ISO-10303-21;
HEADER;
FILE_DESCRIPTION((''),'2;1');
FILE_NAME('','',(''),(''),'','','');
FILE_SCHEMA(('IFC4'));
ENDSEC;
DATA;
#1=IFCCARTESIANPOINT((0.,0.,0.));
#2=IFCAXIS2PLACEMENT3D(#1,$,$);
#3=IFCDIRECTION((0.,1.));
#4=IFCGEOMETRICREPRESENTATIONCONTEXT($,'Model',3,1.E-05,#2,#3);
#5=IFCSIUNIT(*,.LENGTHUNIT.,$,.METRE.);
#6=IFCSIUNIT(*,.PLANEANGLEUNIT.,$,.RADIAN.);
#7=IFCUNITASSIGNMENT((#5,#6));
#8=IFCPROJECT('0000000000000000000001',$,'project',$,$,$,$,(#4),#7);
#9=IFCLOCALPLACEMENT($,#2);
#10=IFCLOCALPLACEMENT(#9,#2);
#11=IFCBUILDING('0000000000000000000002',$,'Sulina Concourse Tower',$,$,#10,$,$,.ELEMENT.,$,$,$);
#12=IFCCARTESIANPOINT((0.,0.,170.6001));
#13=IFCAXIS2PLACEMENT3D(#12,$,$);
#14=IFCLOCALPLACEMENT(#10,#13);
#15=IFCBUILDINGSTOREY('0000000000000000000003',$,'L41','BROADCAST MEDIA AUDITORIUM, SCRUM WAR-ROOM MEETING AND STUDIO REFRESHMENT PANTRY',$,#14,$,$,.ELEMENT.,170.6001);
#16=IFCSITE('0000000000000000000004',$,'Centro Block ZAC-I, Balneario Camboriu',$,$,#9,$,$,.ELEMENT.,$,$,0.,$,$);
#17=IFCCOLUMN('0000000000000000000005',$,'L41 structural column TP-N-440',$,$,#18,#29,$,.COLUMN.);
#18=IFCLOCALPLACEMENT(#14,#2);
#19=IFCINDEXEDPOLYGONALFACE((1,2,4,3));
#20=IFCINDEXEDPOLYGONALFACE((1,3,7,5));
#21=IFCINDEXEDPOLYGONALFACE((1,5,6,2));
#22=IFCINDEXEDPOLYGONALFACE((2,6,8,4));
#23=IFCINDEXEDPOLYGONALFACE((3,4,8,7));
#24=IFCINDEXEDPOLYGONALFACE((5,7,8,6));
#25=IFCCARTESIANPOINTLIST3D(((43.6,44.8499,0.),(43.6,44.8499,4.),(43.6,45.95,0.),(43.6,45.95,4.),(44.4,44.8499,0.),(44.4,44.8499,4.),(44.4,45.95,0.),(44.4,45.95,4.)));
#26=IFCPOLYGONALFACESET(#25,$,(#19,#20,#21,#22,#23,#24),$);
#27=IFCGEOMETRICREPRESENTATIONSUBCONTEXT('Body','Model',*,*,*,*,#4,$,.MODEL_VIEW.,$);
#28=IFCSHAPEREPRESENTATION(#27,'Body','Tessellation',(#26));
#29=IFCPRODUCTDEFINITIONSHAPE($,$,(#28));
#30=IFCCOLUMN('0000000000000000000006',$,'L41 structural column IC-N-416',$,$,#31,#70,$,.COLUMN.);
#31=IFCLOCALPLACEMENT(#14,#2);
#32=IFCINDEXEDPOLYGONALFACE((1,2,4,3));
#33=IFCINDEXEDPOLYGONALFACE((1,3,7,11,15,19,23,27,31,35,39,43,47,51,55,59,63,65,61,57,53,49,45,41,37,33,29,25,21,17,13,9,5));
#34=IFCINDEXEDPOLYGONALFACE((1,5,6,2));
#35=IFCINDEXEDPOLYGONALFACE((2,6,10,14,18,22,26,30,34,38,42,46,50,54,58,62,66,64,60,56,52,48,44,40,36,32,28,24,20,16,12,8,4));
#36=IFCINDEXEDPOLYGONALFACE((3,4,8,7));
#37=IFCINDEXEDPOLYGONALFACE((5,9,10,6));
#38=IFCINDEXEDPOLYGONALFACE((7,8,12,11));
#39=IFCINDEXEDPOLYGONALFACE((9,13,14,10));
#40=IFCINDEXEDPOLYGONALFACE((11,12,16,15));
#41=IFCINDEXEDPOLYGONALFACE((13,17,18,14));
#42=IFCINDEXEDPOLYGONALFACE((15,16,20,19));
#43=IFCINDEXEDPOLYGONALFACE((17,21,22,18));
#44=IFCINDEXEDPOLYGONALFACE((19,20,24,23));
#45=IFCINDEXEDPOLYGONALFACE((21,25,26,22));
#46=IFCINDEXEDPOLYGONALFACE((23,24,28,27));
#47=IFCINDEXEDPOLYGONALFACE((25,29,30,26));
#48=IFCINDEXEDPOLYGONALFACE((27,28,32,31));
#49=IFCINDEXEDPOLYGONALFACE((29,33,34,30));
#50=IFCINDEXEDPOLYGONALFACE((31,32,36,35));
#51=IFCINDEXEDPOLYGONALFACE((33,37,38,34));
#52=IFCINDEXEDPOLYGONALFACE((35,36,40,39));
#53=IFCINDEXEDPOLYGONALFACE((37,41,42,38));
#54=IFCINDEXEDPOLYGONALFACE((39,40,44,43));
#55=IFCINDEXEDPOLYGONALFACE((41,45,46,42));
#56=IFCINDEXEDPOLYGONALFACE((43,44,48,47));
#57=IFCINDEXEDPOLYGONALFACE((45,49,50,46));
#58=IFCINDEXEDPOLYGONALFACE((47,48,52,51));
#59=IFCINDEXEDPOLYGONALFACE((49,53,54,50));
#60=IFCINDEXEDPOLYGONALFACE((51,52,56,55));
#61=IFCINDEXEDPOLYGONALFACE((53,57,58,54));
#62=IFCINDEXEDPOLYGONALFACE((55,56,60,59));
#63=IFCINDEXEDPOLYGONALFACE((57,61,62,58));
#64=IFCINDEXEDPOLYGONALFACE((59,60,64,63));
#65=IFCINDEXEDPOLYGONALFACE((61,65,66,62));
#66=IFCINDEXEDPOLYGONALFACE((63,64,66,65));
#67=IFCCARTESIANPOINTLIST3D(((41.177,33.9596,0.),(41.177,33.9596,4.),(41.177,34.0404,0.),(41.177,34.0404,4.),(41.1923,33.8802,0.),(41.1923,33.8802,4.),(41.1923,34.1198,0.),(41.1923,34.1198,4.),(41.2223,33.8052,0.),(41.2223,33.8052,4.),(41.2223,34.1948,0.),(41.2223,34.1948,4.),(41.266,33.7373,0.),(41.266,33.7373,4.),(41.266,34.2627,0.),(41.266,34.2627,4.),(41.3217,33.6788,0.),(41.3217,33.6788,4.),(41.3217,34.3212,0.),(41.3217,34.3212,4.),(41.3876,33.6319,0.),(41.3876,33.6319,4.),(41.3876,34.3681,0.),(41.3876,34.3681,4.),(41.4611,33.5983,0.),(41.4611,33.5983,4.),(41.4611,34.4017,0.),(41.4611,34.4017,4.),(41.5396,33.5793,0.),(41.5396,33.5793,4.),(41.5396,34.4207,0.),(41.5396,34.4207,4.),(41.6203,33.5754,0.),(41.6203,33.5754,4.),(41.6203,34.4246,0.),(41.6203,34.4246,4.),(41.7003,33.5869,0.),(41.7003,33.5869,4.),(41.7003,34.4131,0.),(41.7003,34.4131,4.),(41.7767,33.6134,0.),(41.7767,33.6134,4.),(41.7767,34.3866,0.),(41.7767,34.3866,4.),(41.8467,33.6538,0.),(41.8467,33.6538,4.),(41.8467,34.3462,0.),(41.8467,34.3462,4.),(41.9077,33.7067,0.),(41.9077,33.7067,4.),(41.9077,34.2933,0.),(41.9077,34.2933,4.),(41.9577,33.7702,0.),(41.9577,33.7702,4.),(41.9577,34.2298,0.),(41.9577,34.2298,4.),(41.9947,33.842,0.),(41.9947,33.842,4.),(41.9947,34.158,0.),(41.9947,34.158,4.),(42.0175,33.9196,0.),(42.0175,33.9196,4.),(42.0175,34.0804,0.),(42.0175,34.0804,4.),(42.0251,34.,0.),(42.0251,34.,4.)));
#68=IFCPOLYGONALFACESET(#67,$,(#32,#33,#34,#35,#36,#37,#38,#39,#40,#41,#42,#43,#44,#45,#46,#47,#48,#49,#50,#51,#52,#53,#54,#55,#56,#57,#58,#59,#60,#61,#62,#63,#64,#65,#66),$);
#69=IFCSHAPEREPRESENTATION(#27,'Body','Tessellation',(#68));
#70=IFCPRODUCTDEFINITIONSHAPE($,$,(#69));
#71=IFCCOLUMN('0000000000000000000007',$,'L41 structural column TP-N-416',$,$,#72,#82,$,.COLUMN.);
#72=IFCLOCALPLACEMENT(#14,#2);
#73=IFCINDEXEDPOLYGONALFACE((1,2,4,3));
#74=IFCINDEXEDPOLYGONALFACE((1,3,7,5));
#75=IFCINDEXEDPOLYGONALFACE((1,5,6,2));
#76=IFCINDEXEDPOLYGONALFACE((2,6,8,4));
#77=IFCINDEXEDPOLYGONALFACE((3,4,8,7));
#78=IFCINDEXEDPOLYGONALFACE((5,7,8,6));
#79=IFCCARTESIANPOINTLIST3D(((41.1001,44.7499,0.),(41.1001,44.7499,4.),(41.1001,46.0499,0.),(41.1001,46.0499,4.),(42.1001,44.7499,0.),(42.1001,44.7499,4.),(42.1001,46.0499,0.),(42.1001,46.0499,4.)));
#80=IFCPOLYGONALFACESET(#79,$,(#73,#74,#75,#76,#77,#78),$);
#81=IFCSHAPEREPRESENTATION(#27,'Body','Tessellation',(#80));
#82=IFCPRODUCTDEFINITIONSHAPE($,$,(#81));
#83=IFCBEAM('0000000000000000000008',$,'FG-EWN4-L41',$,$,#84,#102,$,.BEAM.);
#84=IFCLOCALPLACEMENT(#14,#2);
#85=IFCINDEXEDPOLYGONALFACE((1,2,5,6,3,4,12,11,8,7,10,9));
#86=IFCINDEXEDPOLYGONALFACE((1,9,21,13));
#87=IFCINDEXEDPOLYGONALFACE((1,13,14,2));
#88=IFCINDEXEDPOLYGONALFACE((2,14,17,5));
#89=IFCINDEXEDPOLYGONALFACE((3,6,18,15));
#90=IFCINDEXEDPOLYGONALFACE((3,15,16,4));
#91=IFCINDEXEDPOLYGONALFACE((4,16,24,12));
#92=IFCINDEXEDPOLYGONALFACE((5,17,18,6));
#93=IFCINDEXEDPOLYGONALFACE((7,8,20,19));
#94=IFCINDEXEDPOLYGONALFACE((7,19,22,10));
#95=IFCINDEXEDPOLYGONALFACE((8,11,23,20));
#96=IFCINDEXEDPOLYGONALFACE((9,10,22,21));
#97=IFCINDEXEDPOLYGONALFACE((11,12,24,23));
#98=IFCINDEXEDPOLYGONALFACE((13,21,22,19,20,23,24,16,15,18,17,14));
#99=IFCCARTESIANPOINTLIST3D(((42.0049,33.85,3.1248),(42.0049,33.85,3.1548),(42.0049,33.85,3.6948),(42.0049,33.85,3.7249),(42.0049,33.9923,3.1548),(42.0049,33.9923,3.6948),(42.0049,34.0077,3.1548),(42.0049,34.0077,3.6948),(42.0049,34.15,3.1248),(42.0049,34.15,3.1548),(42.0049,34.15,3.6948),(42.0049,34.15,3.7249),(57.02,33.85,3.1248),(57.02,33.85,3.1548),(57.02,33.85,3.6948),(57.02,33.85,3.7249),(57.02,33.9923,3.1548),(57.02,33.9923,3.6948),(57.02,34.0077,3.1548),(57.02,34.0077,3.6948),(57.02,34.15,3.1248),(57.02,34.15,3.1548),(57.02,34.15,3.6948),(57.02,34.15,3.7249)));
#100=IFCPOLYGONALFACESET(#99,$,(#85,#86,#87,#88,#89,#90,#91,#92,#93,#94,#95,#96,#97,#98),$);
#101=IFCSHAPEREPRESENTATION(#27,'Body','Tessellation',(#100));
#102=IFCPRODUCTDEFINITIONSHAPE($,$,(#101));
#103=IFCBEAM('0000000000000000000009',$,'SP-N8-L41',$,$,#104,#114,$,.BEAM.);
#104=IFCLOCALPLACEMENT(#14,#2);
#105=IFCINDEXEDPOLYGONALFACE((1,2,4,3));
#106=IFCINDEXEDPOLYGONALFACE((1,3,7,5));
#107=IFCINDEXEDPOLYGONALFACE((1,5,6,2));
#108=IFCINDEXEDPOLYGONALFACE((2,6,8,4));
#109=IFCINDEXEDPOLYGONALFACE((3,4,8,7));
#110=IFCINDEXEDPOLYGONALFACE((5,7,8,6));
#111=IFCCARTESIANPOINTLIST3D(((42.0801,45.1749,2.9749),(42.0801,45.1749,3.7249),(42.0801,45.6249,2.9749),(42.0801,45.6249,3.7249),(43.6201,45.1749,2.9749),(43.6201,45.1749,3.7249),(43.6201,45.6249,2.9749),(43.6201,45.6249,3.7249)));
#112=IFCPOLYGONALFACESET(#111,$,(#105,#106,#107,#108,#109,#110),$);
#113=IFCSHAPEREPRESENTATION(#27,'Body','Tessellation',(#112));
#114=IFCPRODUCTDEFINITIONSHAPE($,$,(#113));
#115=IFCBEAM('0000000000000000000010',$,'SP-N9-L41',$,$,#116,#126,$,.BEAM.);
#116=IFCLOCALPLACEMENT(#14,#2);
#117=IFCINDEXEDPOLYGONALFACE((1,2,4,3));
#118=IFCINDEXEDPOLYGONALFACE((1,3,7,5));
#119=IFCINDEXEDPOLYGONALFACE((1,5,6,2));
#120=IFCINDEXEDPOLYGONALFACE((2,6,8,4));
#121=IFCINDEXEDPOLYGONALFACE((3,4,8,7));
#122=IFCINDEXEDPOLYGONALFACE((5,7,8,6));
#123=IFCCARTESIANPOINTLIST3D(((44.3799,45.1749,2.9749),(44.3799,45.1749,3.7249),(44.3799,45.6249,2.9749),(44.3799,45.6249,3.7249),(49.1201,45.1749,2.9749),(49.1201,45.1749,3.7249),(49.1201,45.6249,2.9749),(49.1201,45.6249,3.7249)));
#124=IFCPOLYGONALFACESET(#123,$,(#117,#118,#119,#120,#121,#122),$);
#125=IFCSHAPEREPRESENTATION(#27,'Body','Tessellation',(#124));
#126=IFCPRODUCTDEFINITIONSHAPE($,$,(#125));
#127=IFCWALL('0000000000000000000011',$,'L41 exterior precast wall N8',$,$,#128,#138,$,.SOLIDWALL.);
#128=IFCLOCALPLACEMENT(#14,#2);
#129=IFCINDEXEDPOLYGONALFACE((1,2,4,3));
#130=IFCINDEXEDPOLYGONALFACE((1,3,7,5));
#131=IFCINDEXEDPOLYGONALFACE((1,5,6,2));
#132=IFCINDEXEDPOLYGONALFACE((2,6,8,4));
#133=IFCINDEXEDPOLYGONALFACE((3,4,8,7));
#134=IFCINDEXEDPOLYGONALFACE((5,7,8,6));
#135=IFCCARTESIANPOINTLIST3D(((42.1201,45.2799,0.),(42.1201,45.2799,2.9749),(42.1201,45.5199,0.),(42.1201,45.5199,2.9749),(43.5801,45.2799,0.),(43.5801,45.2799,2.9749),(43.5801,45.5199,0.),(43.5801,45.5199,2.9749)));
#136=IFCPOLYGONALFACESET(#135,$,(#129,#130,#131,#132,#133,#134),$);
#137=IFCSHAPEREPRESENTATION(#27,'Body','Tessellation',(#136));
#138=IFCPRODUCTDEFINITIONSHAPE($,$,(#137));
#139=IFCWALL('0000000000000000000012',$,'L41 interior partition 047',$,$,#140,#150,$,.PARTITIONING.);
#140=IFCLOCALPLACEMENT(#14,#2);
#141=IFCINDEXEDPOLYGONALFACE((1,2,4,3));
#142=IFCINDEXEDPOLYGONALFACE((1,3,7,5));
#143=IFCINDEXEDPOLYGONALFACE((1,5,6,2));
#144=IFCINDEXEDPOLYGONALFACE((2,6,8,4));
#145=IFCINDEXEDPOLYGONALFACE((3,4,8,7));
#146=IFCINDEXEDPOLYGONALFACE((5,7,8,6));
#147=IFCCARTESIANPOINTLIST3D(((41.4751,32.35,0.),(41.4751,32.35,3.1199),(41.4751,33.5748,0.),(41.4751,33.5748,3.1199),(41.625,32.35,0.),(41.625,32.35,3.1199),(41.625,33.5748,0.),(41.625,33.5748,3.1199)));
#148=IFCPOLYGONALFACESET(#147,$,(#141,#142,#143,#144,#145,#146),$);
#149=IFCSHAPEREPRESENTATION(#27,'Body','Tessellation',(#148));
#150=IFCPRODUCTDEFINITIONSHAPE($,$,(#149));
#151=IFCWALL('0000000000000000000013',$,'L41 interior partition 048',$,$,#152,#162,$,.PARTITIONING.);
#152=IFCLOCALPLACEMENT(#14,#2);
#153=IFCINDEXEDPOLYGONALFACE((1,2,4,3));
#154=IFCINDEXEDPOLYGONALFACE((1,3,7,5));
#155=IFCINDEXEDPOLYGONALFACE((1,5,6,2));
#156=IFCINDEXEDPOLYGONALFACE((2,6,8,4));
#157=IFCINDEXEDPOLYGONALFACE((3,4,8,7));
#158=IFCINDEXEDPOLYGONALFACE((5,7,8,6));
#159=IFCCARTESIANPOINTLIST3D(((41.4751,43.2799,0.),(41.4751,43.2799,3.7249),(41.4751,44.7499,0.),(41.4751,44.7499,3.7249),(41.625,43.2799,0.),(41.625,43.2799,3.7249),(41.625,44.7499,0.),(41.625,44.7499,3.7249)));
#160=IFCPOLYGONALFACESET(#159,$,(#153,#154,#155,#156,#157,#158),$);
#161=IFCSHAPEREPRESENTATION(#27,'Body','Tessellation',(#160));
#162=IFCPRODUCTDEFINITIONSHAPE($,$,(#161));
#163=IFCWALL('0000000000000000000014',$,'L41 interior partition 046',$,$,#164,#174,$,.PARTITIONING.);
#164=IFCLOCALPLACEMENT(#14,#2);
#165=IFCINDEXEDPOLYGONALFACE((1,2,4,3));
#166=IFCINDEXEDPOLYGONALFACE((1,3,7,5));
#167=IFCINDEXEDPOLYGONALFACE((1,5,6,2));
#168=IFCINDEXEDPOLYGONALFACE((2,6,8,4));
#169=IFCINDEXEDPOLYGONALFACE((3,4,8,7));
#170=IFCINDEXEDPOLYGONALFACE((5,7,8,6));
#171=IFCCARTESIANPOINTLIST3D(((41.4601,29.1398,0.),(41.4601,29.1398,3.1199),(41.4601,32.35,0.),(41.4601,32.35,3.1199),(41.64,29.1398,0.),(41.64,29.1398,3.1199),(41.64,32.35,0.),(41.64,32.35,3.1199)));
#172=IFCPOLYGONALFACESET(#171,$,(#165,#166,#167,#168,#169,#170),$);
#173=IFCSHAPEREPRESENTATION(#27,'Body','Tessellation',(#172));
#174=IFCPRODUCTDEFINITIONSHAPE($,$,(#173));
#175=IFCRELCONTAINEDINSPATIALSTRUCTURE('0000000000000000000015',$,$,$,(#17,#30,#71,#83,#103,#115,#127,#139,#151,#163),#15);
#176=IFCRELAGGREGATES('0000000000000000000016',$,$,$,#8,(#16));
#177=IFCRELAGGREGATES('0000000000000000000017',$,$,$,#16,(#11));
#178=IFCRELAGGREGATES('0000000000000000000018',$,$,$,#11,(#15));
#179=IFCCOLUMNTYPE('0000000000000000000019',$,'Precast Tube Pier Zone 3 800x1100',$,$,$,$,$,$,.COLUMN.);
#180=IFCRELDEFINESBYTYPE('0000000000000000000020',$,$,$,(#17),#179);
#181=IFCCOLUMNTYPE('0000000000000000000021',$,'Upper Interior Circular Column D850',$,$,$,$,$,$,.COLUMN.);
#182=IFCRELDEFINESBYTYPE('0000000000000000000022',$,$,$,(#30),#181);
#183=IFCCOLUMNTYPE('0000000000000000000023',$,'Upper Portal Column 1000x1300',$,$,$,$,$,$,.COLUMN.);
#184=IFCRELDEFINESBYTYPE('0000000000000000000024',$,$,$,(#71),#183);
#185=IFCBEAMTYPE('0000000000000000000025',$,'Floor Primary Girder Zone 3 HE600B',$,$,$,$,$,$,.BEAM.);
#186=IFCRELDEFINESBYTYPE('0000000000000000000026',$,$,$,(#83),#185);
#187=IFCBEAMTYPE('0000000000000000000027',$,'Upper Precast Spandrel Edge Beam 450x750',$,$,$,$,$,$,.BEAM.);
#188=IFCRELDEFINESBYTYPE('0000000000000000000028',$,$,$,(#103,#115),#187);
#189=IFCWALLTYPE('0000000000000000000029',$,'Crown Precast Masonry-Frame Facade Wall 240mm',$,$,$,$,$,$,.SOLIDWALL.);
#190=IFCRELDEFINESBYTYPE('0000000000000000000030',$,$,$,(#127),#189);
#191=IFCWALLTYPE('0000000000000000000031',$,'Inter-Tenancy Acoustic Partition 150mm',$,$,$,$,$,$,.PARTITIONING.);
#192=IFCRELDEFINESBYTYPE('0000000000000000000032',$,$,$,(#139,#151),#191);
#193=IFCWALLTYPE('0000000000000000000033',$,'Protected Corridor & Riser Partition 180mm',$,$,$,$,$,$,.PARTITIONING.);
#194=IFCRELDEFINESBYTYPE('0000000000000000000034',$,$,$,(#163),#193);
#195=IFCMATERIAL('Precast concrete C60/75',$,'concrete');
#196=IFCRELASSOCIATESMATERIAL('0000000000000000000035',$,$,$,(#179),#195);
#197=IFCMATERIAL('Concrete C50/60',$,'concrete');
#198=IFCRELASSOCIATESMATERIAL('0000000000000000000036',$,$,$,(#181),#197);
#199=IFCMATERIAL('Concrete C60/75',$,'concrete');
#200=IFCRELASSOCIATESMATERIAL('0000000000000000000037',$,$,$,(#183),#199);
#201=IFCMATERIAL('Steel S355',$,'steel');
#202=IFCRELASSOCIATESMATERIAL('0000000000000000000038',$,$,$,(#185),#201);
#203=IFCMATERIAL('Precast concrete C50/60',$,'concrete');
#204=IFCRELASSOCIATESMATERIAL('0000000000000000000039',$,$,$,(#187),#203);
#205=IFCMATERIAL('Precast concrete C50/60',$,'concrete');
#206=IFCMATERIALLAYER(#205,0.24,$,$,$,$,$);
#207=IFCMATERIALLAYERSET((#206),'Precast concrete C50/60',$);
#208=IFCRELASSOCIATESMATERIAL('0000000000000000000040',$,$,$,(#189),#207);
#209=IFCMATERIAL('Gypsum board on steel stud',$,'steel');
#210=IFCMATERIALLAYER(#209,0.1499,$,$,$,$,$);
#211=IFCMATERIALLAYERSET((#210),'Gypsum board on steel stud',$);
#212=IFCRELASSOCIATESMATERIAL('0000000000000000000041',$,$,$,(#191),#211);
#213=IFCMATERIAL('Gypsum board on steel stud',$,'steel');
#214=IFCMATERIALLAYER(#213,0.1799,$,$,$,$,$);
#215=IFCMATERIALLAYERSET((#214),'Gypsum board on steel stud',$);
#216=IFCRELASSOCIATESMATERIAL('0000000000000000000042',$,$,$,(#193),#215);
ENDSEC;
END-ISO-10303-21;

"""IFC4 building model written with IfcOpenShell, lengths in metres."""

from ifc_helpers import new_model, si_unit, direction, frame, frame_2d, origin, origin_2d, place, context, subcontext, project, spatial, rectangle, circle, i_section, extrude, material, layer, layer_set, material_profile, profile_set, type_object, element, save


model = new_model("IFC4")

# Units and contexts
model_context = context("Model", 3, precision=1e-05, world=origin(), true_north=direction((0.0, 1.0)))
body_context = subcontext(model_context, "Body", "Model", "MODEL_VIEW")
ifc_project = project(units=[si_unit("LENGTHUNIT", "METRE"), si_unit("PLANEANGLEUNIT", "RADIAN")], contexts=[model_context])

# Site, building, storey
site_placement = place(None, origin())
site = spatial("IfcSite", under=ifc_project, at=site_placement, Name="Centro Block ZAC-I, Balneario Camboriu", CompositionType="ELEMENT", RefElevation=0.0)
building_placement = place(site_placement, origin())
building = spatial("IfcBuilding", under=site, at=building_placement, Name="Sulina Concourse Tower", CompositionType="ELEMENT")
storey_placement = place(building_placement, frame((0.0, 0.0, 170.6001)))
storey = spatial("IfcBuildingStorey", under=building, at=storey_placement, Name="L41", Description="BROADCAST MEDIA AUDITORIUM, SCRUM WAR-ROOM MEETING AND STUDIO REFRESHMENT PANTRY", CompositionType="ELEMENT", Elevation=170.6001)

# Columns
ifc_material_1 = material(Name="Precast concrete C60/75", Category="concrete")
ifc_material_profile_1 = material_profile(ifc_material_1, rectangle(XDim=0.8, YDim=1.1001, at=origin_2d()), Name="PC 800x1100")
ifc_profile_set_1 = profile_set([ifc_material_profile_1], Name="Precast concrete C60/75")
column_type_1 = type_object("IfcColumnType", Name="Precast Tube Pier Zone 3 800x1100", PredefinedType="COLUMN", material=ifc_profile_set_1)
column_1_placement = place(storey_placement, frame((44.0, 45.3999, 0.0), z_axis=(0.0, 0.0, 1.0), x_axis=(1.0, 0.0, 0.0)))
element("IfcColumn", 1, at=column_1_placement, inside=storey, type_object=column_type_1, Name="L41 structural column TP-N-440", PredefinedType="COLUMN", context=body_context, shape_type="SweptSolid", body=[
    extrude(rectangle(XDim=0.8, YDim=1.1001, at=origin_2d()), origin(), (0.0, 0.0, 1.0), 4.0),
])
ifc_material_2 = material(Name="Concrete C50/60", Category="concrete")
ifc_material_profile_2 = material_profile(ifc_material_2, circle(Radius=0.425, at=origin_2d()), Name="RC D850")
ifc_profile_set_2 = profile_set([ifc_material_profile_2], Name="Concrete C50/60")
column_type_2 = type_object("IfcColumnType", Name="Upper Interior Circular Column D850", PredefinedType="COLUMN", material=ifc_profile_set_2)
column_2_placement = place(storey_placement, frame((41.6001, 34.0, 0.0), z_axis=(0.0, 0.0, 1.0), x_axis=(1.0, 0.0, 0.0)))
element("IfcColumn", 2, at=column_2_placement, inside=storey, type_object=column_type_2, Name="L41 structural column IC-N-416", PredefinedType="COLUMN", context=body_context, shape_type="SweptSolid", body=[
    extrude(circle(Radius=0.425, at=origin_2d()), origin(), (0.0, 0.0, 1.0), 4.0),
])
ifc_material_3 = material(Name="Concrete C60/75", Category="concrete")
ifc_material_profile_3 = material_profile(ifc_material_3, rectangle(XDim=1.0, YDim=1.3, at=origin_2d()), Name="RC 1000x1300")
ifc_profile_set_3 = profile_set([ifc_material_profile_3], Name="Concrete C60/75")
column_type_3 = type_object("IfcColumnType", Name="Upper Portal Column 1000x1300", PredefinedType="COLUMN", material=ifc_profile_set_3)
column_3_placement = place(storey_placement, frame((41.6001, 45.3999, 0.0), z_axis=(0.0, 0.0, 1.0), x_axis=(1.0, 0.0, 0.0)))
element("IfcColumn", 3, at=column_3_placement, inside=storey, type_object=column_type_3, Name="L41 structural column TP-N-416", PredefinedType="COLUMN", context=body_context, shape_type="SweptSolid", body=[
    extrude(rectangle(XDim=1.0, YDim=1.3, at=origin_2d()), origin(), (0.0, 0.0, 1.0), 4.0),
])

# Beams
ifc_material_4 = material(Name="Steel S355", Category="steel")
ifc_material_profile_4 = material_profile(ifc_material_4, i_section(OverallWidth=0.3, OverallDepth=0.6001, WebThickness=0.0154, FlangeThickness=0.03, at=origin_2d()), Name="HE 600 B")
ifc_profile_set_4 = profile_set([ifc_material_profile_4], Name="Steel S355")
beam_type_1 = type_object("IfcBeamType", Name="Floor Primary Girder Zone 3 HE600B", PredefinedType="BEAM", material=ifc_profile_set_4)
beam_1_placement = place(storey_placement, frame((42.0049, 34.0, 3.4248), z_axis=(1.0, 0.0, 0.0), x_axis=(0.0, 1.0, 0.0)))
element("IfcBeam", 4, at=beam_1_placement, inside=storey, type_object=beam_type_1, Name="FG-EWN4-L41", PredefinedType="BEAM", context=body_context, shape_type="SweptSolid", body=[
    extrude(i_section(OverallWidth=0.3, OverallDepth=0.6001, WebThickness=0.0154, FlangeThickness=0.03, at=origin_2d()), origin(), (0.0, 0.0, 1.0), 15.0151),
])
ifc_material_5 = material(Name="Precast concrete C50/60", Category="concrete")
ifc_material_profile_5 = material_profile(ifc_material_5, rectangle(XDim=0.45, YDim=0.75, at=origin_2d()), Name="RC 450x750")
ifc_profile_set_5 = profile_set([ifc_material_profile_5], Name="Precast concrete C50/60")
beam_type_2 = type_object("IfcBeamType", Name="Upper Precast Spandrel Edge Beam 450x750", PredefinedType="BEAM", material=ifc_profile_set_5)
beam_2_placement = place(storey_placement, frame((42.0801, 45.3999, 3.3499), z_axis=(1.0, 0.0, 0.0), x_axis=(0.0, 1.0, 0.0)))
element("IfcBeam", 5, at=beam_2_placement, inside=storey, type_object=beam_type_2, Name="SP-N8-L41", PredefinedType="BEAM", context=body_context, shape_type="SweptSolid", body=[
    extrude(rectangle(XDim=0.45, YDim=0.75, at=origin_2d()), origin(), (0.0, 0.0, 1.0), 1.54),
])
beam_3_placement = place(storey_placement, frame((44.3799, 45.3999, 3.3499), z_axis=(1.0, 0.0, 0.0), x_axis=(0.0, 1.0, 0.0)))
element("IfcBeam", 6, at=beam_3_placement, inside=storey, type_object=beam_type_2, Name="SP-N9-L41", PredefinedType="BEAM", context=body_context, shape_type="SweptSolid", body=[
    extrude(rectangle(XDim=0.45, YDim=0.75, at=origin_2d()), origin(), (0.0, 0.0, 1.0), 4.7402),
])

# Walls
ifc_material_6 = material(Name="Precast concrete C50/60", Category="concrete")
ifc_layer_1 = layer(ifc_material_6, 0.24)
ifc_layer_set_1 = layer_set([ifc_layer_1], Name="Precast concrete C50/60")
wall_type_1 = type_object("IfcWallType", Name="Crown Precast Masonry-Frame Facade Wall 240mm", PredefinedType="SOLIDWALL", material=ifc_layer_set_1)
wall_1_placement = place(storey_placement, frame((42.1201, 45.3999, 0.0), z_axis=(0.0, 0.0, 1.0), x_axis=(1.0, 0.0, 0.0)))
element("IfcWall", 7, at=wall_1_placement, inside=storey, type_object=wall_type_1, Name="L41 exterior precast wall N8", PredefinedType="SOLIDWALL", context=body_context, shape_type="SweptSolid", body=[
    extrude(rectangle(XDim=1.46, YDim=0.24, at=frame_2d((0.73, 0.0))), origin(), (0.0, 0.0, 1.0), 2.9749),
])
ifc_material_7 = material(Name="Gypsum board on steel stud", Category="steel")
ifc_layer_2 = layer(ifc_material_7, 0.1499)
ifc_layer_set_2 = layer_set([ifc_layer_2], Name="Gypsum board on steel stud")
wall_type_2 = type_object("IfcWallType", Name="Inter-Tenancy Acoustic Partition 150mm", PredefinedType="PARTITIONING", material=ifc_layer_set_2)
wall_2_placement = place(storey_placement, frame((41.55, 32.3501, 0.0), z_axis=(0.0, 0.0, 1.0), x_axis=(0.0, 1.0, 0.0)))
element("IfcWall", 8, at=wall_2_placement, inside=storey, type_object=wall_type_2, Name="L41 interior partition 047", PredefinedType="PARTITIONING", context=body_context, shape_type="SweptSolid", body=[
    extrude(rectangle(XDim=1.2249, YDim=0.1499, at=frame_2d((0.6123, 0.0))), origin(), (0.0, 0.0, 1.0), 3.1199),
])
wall_3_placement = place(storey_placement, frame((41.55, 43.28, 0.0), z_axis=(0.0, 0.0, 1.0), x_axis=(0.0, 1.0, 0.0)))
element("IfcWall", 9, at=wall_3_placement, inside=storey, type_object=wall_type_2, Name="L41 interior partition 048", PredefinedType="PARTITIONING", context=body_context, shape_type="SweptSolid", body=[
    extrude(rectangle(XDim=1.47, YDim=0.1499, at=frame_2d((0.7349, 0.0))), origin(), (0.0, 0.0, 1.0), 3.7249),
])
ifc_material_8 = material(Name="Gypsum board on steel stud", Category="steel")
ifc_layer_3 = layer(ifc_material_8, 0.1799)
ifc_layer_set_3 = layer_set([ifc_layer_3], Name="Gypsum board on steel stud")
wall_type_3 = type_object("IfcWallType", Name="Protected Corridor & Riser Partition 180mm", PredefinedType="PARTITIONING", material=ifc_layer_set_3)
wall_4_placement = place(storey_placement, frame((41.55, 29.1399, 0.0), z_axis=(0.0, 0.0, 1.0), x_axis=(0.0, 1.0, 0.0)))
element("IfcWall", 10, at=wall_4_placement, inside=storey, type_object=wall_type_3, Name="L41 interior partition 046", PredefinedType="PARTITIONING", context=body_context, shape_type="SweptSolid", body=[
    extrude(rectangle(XDim=3.2102, YDim=0.1799, at=frame_2d((1.605, 0.0))), origin(), (0.0, 0.0, 1.0), 3.1199),
])

save(model, "model.ifc")
